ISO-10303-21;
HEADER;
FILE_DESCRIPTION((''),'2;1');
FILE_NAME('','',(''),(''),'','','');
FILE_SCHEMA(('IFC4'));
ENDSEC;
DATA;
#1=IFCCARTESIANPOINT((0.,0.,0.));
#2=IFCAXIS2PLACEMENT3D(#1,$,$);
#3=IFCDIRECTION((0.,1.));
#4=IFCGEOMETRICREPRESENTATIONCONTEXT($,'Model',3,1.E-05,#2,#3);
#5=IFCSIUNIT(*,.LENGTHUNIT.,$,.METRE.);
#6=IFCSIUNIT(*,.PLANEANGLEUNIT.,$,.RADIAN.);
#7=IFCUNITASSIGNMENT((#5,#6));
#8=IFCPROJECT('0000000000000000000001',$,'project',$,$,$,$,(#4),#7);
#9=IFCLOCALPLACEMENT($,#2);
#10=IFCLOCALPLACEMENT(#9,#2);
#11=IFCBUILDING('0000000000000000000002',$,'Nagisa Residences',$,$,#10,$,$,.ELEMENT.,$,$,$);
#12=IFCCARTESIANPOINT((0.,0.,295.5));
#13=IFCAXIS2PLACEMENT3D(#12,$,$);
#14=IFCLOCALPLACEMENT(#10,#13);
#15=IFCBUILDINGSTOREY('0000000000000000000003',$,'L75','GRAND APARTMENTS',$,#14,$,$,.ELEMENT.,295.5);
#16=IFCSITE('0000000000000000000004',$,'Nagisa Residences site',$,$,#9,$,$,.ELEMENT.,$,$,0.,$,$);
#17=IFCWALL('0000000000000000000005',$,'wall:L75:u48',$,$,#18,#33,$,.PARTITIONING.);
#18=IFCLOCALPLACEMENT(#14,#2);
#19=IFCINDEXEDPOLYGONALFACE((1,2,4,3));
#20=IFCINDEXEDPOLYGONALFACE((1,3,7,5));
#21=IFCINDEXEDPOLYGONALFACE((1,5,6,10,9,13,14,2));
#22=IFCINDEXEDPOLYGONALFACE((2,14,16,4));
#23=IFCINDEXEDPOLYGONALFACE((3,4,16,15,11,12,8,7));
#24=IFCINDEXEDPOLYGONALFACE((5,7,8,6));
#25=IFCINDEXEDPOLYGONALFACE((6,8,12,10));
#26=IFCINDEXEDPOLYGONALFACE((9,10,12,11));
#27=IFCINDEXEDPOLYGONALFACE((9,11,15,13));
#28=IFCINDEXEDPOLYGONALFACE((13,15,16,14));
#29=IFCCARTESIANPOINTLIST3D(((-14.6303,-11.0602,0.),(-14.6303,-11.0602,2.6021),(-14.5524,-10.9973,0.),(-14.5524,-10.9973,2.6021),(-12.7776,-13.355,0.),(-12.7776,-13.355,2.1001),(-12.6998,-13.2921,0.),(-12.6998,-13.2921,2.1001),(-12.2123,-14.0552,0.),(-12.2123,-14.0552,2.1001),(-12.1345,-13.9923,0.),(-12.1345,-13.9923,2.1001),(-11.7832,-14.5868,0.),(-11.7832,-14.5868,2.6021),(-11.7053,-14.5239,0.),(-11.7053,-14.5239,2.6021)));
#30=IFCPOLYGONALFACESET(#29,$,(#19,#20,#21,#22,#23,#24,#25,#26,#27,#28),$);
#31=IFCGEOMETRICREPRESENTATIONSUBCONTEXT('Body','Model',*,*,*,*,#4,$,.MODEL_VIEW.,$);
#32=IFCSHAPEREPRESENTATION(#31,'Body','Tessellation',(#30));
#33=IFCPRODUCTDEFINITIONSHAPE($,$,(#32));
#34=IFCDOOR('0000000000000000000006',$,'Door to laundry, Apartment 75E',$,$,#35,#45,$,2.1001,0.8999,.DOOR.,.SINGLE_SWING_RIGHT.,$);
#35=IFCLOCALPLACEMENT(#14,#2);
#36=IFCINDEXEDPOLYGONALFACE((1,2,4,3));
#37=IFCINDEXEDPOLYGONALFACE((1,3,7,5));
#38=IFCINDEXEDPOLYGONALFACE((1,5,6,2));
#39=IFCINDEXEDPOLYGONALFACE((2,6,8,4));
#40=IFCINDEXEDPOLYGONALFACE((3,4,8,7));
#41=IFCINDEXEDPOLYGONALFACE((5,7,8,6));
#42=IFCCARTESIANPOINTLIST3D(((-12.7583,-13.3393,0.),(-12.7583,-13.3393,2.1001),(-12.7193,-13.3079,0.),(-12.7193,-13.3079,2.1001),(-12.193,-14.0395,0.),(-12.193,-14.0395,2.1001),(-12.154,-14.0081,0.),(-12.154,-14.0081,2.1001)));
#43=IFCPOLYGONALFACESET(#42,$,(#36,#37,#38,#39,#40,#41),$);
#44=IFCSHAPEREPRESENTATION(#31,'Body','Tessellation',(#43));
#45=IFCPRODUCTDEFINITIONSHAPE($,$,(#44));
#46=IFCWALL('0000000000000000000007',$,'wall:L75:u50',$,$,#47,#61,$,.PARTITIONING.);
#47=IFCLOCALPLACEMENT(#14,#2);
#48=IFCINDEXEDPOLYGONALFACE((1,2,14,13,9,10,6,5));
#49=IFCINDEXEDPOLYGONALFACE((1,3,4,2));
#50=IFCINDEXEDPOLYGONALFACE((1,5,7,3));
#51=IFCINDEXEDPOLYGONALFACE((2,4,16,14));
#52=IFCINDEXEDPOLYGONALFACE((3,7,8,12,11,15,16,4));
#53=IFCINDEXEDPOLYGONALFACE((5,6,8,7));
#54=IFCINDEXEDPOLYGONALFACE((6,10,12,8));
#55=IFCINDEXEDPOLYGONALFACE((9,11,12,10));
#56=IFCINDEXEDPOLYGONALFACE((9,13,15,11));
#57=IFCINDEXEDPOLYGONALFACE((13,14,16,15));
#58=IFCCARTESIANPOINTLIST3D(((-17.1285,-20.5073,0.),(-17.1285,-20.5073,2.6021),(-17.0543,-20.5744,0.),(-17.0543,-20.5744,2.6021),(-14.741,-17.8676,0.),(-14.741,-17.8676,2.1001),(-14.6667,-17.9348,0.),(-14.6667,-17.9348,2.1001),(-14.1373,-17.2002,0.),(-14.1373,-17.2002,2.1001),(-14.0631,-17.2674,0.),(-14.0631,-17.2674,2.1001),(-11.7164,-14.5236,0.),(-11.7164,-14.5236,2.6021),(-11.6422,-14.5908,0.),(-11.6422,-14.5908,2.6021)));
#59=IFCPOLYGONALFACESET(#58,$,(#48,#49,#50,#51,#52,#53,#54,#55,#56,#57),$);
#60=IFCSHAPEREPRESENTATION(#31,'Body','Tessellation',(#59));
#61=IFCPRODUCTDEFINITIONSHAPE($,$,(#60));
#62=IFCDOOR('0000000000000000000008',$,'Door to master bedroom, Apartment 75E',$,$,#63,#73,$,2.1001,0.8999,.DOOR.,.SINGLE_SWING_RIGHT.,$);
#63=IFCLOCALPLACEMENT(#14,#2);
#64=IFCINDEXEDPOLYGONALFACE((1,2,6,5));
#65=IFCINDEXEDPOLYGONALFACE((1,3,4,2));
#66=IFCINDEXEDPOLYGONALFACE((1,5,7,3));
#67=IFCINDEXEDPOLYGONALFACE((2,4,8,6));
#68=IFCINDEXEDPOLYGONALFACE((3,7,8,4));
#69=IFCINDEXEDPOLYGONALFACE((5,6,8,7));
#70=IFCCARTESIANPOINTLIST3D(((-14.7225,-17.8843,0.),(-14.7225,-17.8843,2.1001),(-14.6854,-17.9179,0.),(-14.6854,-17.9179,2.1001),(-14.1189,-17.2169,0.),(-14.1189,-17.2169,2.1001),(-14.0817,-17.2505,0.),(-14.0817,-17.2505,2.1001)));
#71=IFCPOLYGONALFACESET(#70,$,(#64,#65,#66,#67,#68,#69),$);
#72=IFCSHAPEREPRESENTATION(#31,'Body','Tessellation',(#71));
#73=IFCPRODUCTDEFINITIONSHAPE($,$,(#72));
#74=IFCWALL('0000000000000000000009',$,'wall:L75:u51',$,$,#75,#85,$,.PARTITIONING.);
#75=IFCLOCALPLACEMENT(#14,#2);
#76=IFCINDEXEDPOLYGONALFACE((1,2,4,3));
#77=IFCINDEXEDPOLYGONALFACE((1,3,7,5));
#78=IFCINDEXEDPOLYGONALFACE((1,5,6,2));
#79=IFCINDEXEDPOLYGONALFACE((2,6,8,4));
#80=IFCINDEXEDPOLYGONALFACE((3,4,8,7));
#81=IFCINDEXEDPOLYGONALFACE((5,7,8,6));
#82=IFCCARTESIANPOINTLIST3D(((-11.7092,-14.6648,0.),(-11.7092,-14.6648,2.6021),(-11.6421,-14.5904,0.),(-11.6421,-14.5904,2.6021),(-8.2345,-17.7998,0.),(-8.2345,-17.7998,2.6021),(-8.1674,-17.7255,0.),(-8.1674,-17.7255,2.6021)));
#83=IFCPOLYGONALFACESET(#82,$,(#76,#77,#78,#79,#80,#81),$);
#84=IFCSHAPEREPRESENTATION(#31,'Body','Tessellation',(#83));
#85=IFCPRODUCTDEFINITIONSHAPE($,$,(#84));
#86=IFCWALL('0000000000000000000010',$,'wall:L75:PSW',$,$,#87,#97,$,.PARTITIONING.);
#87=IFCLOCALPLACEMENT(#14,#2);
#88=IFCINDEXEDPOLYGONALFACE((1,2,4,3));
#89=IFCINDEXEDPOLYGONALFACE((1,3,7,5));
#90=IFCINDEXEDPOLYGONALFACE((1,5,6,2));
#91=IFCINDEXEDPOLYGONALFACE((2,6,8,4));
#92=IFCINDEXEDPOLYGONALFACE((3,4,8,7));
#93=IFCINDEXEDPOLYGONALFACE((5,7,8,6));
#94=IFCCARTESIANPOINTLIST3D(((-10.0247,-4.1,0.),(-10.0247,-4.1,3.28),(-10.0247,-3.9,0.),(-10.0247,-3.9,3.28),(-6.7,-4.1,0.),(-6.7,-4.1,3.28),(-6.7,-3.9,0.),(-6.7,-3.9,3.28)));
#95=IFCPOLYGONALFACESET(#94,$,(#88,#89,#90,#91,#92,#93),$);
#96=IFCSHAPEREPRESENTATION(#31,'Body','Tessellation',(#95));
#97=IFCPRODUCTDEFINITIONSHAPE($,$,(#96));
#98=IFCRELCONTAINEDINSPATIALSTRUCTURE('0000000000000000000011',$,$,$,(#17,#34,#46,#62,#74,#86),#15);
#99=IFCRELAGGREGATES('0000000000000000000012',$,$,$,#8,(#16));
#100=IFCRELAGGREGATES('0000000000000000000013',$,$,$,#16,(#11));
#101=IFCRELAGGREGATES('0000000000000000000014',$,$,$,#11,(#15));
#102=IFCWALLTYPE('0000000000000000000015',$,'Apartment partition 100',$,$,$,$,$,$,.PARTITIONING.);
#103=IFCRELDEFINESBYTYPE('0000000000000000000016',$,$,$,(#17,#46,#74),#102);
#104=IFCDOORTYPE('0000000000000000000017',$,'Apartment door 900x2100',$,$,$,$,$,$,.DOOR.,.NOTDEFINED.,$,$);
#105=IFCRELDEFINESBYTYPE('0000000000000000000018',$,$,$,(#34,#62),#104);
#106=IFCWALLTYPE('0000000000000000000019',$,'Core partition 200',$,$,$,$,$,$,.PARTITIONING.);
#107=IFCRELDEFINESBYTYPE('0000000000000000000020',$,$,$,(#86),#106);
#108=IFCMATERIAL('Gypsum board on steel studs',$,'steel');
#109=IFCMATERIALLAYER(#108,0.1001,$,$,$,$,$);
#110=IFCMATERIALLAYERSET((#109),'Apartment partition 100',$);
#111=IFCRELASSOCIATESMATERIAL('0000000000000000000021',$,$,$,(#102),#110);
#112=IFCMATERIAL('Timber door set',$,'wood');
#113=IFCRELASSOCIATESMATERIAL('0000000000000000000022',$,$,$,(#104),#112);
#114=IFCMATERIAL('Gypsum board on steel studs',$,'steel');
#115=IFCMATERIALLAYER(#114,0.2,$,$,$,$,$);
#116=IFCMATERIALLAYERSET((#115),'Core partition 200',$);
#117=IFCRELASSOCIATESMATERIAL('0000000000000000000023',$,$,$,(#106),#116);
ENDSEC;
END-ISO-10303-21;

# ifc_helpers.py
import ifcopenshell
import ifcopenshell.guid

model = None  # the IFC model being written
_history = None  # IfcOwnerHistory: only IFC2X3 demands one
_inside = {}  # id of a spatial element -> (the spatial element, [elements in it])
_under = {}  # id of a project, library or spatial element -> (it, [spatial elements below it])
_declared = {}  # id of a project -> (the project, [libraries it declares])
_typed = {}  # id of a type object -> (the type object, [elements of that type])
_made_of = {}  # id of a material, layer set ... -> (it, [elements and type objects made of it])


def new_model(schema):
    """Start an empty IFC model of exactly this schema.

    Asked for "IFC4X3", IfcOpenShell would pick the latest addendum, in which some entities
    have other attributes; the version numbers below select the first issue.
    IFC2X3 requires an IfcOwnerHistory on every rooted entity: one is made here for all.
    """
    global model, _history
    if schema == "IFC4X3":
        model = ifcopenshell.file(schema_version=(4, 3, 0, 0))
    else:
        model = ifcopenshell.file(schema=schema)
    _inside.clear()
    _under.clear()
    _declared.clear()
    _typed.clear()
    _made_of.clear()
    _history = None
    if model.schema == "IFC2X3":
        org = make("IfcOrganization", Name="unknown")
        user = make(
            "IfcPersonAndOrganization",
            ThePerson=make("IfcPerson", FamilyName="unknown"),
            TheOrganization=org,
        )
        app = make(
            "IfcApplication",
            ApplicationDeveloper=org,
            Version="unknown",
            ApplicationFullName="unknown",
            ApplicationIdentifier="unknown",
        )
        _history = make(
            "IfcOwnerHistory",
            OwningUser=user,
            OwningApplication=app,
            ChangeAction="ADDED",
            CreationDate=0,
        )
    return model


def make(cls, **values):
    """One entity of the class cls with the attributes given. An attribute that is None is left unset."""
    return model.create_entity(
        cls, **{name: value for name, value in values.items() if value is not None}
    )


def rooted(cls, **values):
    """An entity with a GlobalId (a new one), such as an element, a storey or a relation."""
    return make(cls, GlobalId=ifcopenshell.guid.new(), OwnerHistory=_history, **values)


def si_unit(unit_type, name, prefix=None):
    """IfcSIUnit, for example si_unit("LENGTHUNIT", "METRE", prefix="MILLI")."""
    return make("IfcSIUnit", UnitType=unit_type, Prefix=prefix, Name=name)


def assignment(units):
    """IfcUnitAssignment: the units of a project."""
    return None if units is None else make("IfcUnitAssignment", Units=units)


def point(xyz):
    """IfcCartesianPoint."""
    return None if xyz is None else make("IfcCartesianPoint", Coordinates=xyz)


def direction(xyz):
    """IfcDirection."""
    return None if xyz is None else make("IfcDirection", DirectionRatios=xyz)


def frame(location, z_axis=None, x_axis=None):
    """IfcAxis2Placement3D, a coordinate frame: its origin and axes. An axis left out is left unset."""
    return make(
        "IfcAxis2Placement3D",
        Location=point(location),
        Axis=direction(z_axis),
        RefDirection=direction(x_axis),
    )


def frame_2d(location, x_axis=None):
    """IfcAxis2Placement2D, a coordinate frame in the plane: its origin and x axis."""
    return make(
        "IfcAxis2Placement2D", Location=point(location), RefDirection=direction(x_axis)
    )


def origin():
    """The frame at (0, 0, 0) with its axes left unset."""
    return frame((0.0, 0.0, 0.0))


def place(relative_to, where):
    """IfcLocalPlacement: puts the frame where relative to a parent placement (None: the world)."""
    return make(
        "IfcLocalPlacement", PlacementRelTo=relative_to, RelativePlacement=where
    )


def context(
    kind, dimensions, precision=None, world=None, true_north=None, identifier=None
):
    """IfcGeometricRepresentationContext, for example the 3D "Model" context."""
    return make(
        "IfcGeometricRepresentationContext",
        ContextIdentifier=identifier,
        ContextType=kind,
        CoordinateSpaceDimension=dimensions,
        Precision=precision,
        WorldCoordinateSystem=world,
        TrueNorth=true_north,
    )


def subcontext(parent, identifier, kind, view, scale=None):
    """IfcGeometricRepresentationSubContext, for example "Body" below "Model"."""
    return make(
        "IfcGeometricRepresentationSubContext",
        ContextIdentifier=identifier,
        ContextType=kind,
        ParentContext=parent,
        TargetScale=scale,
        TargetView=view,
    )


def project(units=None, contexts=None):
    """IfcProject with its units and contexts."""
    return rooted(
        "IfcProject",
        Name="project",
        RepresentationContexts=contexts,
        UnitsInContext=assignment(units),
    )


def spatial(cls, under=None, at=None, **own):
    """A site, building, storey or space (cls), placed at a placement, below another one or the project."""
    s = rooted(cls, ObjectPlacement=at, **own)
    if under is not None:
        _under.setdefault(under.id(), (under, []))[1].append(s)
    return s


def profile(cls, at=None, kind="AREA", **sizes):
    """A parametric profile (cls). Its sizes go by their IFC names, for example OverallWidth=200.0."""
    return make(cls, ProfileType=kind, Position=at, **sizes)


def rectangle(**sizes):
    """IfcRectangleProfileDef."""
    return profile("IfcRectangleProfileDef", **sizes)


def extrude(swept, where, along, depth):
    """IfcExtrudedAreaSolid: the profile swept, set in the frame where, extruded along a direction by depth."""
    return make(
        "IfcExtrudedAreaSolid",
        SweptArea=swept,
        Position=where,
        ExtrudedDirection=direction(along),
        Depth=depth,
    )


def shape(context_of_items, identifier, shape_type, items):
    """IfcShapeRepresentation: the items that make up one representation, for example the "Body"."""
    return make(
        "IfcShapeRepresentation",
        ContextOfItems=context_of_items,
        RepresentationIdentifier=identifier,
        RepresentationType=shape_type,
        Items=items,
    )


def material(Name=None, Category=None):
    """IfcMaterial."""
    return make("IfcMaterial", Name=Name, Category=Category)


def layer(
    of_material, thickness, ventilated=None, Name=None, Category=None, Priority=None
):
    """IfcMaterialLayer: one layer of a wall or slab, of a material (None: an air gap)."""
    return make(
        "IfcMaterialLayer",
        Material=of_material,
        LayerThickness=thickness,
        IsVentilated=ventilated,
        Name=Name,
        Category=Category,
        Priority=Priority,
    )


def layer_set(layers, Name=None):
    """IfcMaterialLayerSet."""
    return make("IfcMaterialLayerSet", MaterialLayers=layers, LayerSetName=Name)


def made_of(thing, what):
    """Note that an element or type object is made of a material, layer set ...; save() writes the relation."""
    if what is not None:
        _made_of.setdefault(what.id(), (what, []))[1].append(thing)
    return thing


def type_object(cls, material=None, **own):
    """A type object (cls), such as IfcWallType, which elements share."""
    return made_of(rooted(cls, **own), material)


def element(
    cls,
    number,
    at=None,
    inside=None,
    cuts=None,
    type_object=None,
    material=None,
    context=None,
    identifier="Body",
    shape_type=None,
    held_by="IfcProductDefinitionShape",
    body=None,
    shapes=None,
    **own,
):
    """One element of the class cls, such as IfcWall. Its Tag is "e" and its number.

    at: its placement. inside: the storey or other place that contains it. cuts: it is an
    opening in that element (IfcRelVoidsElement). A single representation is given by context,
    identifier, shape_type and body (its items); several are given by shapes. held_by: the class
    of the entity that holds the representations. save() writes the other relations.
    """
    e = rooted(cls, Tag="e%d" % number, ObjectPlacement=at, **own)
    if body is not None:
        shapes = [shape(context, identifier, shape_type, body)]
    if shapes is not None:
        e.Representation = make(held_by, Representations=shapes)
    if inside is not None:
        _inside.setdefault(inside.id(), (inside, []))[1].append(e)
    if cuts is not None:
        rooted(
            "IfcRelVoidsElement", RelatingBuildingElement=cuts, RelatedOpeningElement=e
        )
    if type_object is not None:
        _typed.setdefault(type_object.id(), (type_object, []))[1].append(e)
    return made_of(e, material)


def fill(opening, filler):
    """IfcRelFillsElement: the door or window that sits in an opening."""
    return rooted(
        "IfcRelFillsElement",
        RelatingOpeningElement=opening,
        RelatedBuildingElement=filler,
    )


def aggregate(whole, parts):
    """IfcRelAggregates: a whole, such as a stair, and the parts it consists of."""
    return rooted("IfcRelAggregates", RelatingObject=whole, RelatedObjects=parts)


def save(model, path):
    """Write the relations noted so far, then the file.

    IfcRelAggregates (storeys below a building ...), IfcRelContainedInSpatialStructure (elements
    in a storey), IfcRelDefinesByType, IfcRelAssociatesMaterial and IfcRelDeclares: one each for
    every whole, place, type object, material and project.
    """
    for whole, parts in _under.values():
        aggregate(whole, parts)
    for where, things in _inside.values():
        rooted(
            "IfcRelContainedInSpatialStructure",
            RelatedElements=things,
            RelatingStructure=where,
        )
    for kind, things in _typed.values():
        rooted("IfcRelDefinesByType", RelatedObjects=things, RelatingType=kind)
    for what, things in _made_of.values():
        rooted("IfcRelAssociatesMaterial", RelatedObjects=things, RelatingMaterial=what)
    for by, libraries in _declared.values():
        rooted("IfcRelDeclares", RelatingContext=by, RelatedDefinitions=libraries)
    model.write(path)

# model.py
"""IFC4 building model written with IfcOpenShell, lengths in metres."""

from ifc_helpers import new_model, si_unit, direction, frame, frame_2d, origin, place, context, subcontext, project, spatial, rectangle, extrude, material, layer, layer_set, type_object, element, fill, save


model = new_model("IFC4")

# Units and contexts
model_context = context("Model", 3, precision=1e-05, world=origin(), true_north=direction((0.0, 1.0)))
body_context = subcontext(model_context, "Body", "Model", "MODEL_VIEW")
ifc_project = project(units=[si_unit("LENGTHUNIT", "METRE"), si_unit("PLANEANGLEUNIT", "RADIAN")], contexts=[model_context])

# Site, building, storey
site_placement = place(None, origin())
site = spatial("IfcSite", under=ifc_project, at=site_placement, Name="Nagisa Residences site", CompositionType="ELEMENT", RefElevation=0.0)
building_placement = place(site_placement, origin())
building = spatial("IfcBuilding", under=site, at=building_placement, Name="Nagisa Residences", CompositionType="ELEMENT")
storey_placement = place(building_placement, frame((0.0, 0.0, 295.5)))
storey = spatial("IfcBuildingStorey", under=building, at=storey_placement, Name="L75", Description="GRAND APARTMENTS", CompositionType="ELEMENT", Elevation=295.5)

# Shared definitions
ifc_material_1 = material(Name="Gypsum board on steel studs", Category="steel")
ifc_layer_1 = layer(ifc_material_1, 0.1001)
ifc_layer_set_1 = layer_set([ifc_layer_1], Name="Apartment partition 100")
wall_type_1 = type_object("IfcWallType", Name="Apartment partition 100", PredefinedType="PARTITIONING", material=ifc_layer_set_1)
ifc_material_2 = material(Name="Timber door set", Category="wood")
door_type = type_object("IfcDoorType", Name="Apartment door 900x2100", OperationType="NOTDEFINED", PredefinedType="DOOR", material=ifc_material_2)

# Walls, openings, doors
wall_1_placement = place(storey_placement, frame((-14.5913, -11.0288, 0.0), z_axis=(0.0, 0.0, 1.0), x_axis=(0.62817, -0.778076, 0.0)))
wall_1 = element("IfcWall", 1, at=wall_1_placement, inside=storey, type_object=wall_type_1, Name="wall:L75:u48", PredefinedType="PARTITIONING", context=body_context, shape_type="SweptSolid", body=[
    extrude(rectangle(XDim=4.5325, YDim=0.1001, at=frame_2d((2.2661, 0.0))), origin(), (0.0, 0.0, 1.0), 2.6021),
])
opening_1_placement = place(wall_1_placement, frame((2.9492, 0.0, 0.0)))
opening_1 = element("IfcOpeningElement", 2, at=opening_1_placement, cuts=wall_1, PredefinedType="OPENING", context=body_context, shape_type="SweptSolid", body=[
    extrude(rectangle(XDim=0.8999, YDim=2.1001, at=frame_2d((0.45, 1.05))), frame((0.0, 0.0601, 0.0), z_axis=(0.0, -1.0, 0.0), x_axis=(1.0, 0.0, 0.0)), (0.0, 0.0, 1.0), 0.1201),
])
door_1_placement = place(opening_1_placement, origin())
door_1 = element("IfcDoor", 3, at=door_1_placement, inside=storey, type_object=door_type, Name="Door to laundry, Apartment 75E", OperationType="SINGLE_SWING_RIGHT", OverallHeight=2.1001, OverallWidth=0.8999, PredefinedType="DOOR", context=body_context, shape_type="SweptSolid", body=[
    extrude(rectangle(XDim=0.8999, YDim=2.1001, at=frame_2d((0.45, 1.05))), frame((0.0, 0.0249, 0.0), z_axis=(0.0, -1.0, 0.0), x_axis=(1.0, 0.0, 0.0)), (0.0, 0.0, 1.0), 0.05),
])
fill(opening_1, door_1)
wall_2_placement = place(storey_placement, frame((-11.6792, -14.5571, 0.0), z_axis=(0.0, 0.0, 1.0), x_axis=(-0.6708, -0.741638, 0.0)))
wall_2 = element("IfcWall", 4, at=wall_2_placement, inside=storey, type_object=wall_type_1, Name="wall:L75:u50", PredefinedType="PARTITIONING", context=body_context, shape_type="SweptSolid", body=[
    extrude(rectangle(XDim=8.0681, YDim=0.1001, at=frame_2d((4.0342, 0.0))), origin(), (0.0, 0.0, 1.0), 2.6021),
])
opening_2_placement = place(wall_2_placement, frame((3.6091, 0.0, 0.0)))
opening_2 = element("IfcOpeningElement", 5, at=opening_2_placement, cuts=wall_2, PredefinedType="OPENING", context=body_context, shape_type="SweptSolid", body=[
    extrude(rectangle(XDim=0.8999, YDim=2.1001, at=frame_2d((0.45, 1.05))), frame((0.0, 0.0601, 0.0), z_axis=(0.0, -1.0, 0.0), x_axis=(1.0, 0.0, 0.0)), (0.0, 0.0, 1.0), 0.1201),
])
door_2_placement = place(opening_2_placement, origin())
door_2 = element("IfcDoor", 6, at=door_2_placement, inside=storey, type_object=door_type, Name="Door to master bedroom, Apartment 75E", OperationType="SINGLE_SWING_RIGHT", OverallHeight=2.1001, OverallWidth=0.8999, PredefinedType="DOOR", context=body_context, shape_type="SweptSolid", body=[
    extrude(rectangle(XDim=0.8999, YDim=2.1001, at=frame_2d((0.45, 1.05))), frame((0.0, 0.0249, 0.0), z_axis=(0.0, -1.0, 0.0), x_axis=(1.0, 0.0, 0.0)), (0.0, 0.0, 1.0), 0.05),
])
fill(opening_2, door_2)

# Walls
wall_3_placement = place(storey_placement, frame((-11.6755, -14.6277, 0.0), z_axis=(0.0, 0.0, 1.0), x_axis=(0.742458, -0.669892, 0.0)))
element("IfcWall", 7, at=wall_3_placement, inside=storey, type_object=wall_type_1, Name="wall:L75:u51", PredefinedType="PARTITIONING", context=body_context, shape_type="SweptSolid", body=[
    extrude(rectangle(XDim=4.6799, YDim=0.1001, at=frame_2d((2.3398, 0.0))), origin(), (0.0, 0.0, 1.0), 2.6021),
])
ifc_material_3 = material(Name="Gypsum board on steel studs", Category="steel")
ifc_layer_2 = layer(ifc_material_3, 0.2)
ifc_layer_set_2 = layer_set([ifc_layer_2], Name="Core partition 200")
wall_type_2 = type_object("IfcWallType", Name="Core partition 200", PredefinedType="PARTITIONING", material=ifc_layer_set_2)
wall_4_placement = place(storey_placement, frame((-10.0247, -4.0, 0.0), z_axis=(0.0, 0.0, 1.0), x_axis=(1.0, 0.0, 0.0)))
element("IfcWall", 8, at=wall_4_placement, inside=storey, type_object=wall_type_2, Name="wall:L75:PSW", PredefinedType="PARTITIONING", context=body_context, shape_type="SweptSolid", body=[
    extrude(rectangle(XDim=3.3247, YDim=0.2, at=frame_2d((1.6624, 0.0))), origin(), (0.0, 0.0, 1.0), 3.28),
])

save(model, "model.ifc")
